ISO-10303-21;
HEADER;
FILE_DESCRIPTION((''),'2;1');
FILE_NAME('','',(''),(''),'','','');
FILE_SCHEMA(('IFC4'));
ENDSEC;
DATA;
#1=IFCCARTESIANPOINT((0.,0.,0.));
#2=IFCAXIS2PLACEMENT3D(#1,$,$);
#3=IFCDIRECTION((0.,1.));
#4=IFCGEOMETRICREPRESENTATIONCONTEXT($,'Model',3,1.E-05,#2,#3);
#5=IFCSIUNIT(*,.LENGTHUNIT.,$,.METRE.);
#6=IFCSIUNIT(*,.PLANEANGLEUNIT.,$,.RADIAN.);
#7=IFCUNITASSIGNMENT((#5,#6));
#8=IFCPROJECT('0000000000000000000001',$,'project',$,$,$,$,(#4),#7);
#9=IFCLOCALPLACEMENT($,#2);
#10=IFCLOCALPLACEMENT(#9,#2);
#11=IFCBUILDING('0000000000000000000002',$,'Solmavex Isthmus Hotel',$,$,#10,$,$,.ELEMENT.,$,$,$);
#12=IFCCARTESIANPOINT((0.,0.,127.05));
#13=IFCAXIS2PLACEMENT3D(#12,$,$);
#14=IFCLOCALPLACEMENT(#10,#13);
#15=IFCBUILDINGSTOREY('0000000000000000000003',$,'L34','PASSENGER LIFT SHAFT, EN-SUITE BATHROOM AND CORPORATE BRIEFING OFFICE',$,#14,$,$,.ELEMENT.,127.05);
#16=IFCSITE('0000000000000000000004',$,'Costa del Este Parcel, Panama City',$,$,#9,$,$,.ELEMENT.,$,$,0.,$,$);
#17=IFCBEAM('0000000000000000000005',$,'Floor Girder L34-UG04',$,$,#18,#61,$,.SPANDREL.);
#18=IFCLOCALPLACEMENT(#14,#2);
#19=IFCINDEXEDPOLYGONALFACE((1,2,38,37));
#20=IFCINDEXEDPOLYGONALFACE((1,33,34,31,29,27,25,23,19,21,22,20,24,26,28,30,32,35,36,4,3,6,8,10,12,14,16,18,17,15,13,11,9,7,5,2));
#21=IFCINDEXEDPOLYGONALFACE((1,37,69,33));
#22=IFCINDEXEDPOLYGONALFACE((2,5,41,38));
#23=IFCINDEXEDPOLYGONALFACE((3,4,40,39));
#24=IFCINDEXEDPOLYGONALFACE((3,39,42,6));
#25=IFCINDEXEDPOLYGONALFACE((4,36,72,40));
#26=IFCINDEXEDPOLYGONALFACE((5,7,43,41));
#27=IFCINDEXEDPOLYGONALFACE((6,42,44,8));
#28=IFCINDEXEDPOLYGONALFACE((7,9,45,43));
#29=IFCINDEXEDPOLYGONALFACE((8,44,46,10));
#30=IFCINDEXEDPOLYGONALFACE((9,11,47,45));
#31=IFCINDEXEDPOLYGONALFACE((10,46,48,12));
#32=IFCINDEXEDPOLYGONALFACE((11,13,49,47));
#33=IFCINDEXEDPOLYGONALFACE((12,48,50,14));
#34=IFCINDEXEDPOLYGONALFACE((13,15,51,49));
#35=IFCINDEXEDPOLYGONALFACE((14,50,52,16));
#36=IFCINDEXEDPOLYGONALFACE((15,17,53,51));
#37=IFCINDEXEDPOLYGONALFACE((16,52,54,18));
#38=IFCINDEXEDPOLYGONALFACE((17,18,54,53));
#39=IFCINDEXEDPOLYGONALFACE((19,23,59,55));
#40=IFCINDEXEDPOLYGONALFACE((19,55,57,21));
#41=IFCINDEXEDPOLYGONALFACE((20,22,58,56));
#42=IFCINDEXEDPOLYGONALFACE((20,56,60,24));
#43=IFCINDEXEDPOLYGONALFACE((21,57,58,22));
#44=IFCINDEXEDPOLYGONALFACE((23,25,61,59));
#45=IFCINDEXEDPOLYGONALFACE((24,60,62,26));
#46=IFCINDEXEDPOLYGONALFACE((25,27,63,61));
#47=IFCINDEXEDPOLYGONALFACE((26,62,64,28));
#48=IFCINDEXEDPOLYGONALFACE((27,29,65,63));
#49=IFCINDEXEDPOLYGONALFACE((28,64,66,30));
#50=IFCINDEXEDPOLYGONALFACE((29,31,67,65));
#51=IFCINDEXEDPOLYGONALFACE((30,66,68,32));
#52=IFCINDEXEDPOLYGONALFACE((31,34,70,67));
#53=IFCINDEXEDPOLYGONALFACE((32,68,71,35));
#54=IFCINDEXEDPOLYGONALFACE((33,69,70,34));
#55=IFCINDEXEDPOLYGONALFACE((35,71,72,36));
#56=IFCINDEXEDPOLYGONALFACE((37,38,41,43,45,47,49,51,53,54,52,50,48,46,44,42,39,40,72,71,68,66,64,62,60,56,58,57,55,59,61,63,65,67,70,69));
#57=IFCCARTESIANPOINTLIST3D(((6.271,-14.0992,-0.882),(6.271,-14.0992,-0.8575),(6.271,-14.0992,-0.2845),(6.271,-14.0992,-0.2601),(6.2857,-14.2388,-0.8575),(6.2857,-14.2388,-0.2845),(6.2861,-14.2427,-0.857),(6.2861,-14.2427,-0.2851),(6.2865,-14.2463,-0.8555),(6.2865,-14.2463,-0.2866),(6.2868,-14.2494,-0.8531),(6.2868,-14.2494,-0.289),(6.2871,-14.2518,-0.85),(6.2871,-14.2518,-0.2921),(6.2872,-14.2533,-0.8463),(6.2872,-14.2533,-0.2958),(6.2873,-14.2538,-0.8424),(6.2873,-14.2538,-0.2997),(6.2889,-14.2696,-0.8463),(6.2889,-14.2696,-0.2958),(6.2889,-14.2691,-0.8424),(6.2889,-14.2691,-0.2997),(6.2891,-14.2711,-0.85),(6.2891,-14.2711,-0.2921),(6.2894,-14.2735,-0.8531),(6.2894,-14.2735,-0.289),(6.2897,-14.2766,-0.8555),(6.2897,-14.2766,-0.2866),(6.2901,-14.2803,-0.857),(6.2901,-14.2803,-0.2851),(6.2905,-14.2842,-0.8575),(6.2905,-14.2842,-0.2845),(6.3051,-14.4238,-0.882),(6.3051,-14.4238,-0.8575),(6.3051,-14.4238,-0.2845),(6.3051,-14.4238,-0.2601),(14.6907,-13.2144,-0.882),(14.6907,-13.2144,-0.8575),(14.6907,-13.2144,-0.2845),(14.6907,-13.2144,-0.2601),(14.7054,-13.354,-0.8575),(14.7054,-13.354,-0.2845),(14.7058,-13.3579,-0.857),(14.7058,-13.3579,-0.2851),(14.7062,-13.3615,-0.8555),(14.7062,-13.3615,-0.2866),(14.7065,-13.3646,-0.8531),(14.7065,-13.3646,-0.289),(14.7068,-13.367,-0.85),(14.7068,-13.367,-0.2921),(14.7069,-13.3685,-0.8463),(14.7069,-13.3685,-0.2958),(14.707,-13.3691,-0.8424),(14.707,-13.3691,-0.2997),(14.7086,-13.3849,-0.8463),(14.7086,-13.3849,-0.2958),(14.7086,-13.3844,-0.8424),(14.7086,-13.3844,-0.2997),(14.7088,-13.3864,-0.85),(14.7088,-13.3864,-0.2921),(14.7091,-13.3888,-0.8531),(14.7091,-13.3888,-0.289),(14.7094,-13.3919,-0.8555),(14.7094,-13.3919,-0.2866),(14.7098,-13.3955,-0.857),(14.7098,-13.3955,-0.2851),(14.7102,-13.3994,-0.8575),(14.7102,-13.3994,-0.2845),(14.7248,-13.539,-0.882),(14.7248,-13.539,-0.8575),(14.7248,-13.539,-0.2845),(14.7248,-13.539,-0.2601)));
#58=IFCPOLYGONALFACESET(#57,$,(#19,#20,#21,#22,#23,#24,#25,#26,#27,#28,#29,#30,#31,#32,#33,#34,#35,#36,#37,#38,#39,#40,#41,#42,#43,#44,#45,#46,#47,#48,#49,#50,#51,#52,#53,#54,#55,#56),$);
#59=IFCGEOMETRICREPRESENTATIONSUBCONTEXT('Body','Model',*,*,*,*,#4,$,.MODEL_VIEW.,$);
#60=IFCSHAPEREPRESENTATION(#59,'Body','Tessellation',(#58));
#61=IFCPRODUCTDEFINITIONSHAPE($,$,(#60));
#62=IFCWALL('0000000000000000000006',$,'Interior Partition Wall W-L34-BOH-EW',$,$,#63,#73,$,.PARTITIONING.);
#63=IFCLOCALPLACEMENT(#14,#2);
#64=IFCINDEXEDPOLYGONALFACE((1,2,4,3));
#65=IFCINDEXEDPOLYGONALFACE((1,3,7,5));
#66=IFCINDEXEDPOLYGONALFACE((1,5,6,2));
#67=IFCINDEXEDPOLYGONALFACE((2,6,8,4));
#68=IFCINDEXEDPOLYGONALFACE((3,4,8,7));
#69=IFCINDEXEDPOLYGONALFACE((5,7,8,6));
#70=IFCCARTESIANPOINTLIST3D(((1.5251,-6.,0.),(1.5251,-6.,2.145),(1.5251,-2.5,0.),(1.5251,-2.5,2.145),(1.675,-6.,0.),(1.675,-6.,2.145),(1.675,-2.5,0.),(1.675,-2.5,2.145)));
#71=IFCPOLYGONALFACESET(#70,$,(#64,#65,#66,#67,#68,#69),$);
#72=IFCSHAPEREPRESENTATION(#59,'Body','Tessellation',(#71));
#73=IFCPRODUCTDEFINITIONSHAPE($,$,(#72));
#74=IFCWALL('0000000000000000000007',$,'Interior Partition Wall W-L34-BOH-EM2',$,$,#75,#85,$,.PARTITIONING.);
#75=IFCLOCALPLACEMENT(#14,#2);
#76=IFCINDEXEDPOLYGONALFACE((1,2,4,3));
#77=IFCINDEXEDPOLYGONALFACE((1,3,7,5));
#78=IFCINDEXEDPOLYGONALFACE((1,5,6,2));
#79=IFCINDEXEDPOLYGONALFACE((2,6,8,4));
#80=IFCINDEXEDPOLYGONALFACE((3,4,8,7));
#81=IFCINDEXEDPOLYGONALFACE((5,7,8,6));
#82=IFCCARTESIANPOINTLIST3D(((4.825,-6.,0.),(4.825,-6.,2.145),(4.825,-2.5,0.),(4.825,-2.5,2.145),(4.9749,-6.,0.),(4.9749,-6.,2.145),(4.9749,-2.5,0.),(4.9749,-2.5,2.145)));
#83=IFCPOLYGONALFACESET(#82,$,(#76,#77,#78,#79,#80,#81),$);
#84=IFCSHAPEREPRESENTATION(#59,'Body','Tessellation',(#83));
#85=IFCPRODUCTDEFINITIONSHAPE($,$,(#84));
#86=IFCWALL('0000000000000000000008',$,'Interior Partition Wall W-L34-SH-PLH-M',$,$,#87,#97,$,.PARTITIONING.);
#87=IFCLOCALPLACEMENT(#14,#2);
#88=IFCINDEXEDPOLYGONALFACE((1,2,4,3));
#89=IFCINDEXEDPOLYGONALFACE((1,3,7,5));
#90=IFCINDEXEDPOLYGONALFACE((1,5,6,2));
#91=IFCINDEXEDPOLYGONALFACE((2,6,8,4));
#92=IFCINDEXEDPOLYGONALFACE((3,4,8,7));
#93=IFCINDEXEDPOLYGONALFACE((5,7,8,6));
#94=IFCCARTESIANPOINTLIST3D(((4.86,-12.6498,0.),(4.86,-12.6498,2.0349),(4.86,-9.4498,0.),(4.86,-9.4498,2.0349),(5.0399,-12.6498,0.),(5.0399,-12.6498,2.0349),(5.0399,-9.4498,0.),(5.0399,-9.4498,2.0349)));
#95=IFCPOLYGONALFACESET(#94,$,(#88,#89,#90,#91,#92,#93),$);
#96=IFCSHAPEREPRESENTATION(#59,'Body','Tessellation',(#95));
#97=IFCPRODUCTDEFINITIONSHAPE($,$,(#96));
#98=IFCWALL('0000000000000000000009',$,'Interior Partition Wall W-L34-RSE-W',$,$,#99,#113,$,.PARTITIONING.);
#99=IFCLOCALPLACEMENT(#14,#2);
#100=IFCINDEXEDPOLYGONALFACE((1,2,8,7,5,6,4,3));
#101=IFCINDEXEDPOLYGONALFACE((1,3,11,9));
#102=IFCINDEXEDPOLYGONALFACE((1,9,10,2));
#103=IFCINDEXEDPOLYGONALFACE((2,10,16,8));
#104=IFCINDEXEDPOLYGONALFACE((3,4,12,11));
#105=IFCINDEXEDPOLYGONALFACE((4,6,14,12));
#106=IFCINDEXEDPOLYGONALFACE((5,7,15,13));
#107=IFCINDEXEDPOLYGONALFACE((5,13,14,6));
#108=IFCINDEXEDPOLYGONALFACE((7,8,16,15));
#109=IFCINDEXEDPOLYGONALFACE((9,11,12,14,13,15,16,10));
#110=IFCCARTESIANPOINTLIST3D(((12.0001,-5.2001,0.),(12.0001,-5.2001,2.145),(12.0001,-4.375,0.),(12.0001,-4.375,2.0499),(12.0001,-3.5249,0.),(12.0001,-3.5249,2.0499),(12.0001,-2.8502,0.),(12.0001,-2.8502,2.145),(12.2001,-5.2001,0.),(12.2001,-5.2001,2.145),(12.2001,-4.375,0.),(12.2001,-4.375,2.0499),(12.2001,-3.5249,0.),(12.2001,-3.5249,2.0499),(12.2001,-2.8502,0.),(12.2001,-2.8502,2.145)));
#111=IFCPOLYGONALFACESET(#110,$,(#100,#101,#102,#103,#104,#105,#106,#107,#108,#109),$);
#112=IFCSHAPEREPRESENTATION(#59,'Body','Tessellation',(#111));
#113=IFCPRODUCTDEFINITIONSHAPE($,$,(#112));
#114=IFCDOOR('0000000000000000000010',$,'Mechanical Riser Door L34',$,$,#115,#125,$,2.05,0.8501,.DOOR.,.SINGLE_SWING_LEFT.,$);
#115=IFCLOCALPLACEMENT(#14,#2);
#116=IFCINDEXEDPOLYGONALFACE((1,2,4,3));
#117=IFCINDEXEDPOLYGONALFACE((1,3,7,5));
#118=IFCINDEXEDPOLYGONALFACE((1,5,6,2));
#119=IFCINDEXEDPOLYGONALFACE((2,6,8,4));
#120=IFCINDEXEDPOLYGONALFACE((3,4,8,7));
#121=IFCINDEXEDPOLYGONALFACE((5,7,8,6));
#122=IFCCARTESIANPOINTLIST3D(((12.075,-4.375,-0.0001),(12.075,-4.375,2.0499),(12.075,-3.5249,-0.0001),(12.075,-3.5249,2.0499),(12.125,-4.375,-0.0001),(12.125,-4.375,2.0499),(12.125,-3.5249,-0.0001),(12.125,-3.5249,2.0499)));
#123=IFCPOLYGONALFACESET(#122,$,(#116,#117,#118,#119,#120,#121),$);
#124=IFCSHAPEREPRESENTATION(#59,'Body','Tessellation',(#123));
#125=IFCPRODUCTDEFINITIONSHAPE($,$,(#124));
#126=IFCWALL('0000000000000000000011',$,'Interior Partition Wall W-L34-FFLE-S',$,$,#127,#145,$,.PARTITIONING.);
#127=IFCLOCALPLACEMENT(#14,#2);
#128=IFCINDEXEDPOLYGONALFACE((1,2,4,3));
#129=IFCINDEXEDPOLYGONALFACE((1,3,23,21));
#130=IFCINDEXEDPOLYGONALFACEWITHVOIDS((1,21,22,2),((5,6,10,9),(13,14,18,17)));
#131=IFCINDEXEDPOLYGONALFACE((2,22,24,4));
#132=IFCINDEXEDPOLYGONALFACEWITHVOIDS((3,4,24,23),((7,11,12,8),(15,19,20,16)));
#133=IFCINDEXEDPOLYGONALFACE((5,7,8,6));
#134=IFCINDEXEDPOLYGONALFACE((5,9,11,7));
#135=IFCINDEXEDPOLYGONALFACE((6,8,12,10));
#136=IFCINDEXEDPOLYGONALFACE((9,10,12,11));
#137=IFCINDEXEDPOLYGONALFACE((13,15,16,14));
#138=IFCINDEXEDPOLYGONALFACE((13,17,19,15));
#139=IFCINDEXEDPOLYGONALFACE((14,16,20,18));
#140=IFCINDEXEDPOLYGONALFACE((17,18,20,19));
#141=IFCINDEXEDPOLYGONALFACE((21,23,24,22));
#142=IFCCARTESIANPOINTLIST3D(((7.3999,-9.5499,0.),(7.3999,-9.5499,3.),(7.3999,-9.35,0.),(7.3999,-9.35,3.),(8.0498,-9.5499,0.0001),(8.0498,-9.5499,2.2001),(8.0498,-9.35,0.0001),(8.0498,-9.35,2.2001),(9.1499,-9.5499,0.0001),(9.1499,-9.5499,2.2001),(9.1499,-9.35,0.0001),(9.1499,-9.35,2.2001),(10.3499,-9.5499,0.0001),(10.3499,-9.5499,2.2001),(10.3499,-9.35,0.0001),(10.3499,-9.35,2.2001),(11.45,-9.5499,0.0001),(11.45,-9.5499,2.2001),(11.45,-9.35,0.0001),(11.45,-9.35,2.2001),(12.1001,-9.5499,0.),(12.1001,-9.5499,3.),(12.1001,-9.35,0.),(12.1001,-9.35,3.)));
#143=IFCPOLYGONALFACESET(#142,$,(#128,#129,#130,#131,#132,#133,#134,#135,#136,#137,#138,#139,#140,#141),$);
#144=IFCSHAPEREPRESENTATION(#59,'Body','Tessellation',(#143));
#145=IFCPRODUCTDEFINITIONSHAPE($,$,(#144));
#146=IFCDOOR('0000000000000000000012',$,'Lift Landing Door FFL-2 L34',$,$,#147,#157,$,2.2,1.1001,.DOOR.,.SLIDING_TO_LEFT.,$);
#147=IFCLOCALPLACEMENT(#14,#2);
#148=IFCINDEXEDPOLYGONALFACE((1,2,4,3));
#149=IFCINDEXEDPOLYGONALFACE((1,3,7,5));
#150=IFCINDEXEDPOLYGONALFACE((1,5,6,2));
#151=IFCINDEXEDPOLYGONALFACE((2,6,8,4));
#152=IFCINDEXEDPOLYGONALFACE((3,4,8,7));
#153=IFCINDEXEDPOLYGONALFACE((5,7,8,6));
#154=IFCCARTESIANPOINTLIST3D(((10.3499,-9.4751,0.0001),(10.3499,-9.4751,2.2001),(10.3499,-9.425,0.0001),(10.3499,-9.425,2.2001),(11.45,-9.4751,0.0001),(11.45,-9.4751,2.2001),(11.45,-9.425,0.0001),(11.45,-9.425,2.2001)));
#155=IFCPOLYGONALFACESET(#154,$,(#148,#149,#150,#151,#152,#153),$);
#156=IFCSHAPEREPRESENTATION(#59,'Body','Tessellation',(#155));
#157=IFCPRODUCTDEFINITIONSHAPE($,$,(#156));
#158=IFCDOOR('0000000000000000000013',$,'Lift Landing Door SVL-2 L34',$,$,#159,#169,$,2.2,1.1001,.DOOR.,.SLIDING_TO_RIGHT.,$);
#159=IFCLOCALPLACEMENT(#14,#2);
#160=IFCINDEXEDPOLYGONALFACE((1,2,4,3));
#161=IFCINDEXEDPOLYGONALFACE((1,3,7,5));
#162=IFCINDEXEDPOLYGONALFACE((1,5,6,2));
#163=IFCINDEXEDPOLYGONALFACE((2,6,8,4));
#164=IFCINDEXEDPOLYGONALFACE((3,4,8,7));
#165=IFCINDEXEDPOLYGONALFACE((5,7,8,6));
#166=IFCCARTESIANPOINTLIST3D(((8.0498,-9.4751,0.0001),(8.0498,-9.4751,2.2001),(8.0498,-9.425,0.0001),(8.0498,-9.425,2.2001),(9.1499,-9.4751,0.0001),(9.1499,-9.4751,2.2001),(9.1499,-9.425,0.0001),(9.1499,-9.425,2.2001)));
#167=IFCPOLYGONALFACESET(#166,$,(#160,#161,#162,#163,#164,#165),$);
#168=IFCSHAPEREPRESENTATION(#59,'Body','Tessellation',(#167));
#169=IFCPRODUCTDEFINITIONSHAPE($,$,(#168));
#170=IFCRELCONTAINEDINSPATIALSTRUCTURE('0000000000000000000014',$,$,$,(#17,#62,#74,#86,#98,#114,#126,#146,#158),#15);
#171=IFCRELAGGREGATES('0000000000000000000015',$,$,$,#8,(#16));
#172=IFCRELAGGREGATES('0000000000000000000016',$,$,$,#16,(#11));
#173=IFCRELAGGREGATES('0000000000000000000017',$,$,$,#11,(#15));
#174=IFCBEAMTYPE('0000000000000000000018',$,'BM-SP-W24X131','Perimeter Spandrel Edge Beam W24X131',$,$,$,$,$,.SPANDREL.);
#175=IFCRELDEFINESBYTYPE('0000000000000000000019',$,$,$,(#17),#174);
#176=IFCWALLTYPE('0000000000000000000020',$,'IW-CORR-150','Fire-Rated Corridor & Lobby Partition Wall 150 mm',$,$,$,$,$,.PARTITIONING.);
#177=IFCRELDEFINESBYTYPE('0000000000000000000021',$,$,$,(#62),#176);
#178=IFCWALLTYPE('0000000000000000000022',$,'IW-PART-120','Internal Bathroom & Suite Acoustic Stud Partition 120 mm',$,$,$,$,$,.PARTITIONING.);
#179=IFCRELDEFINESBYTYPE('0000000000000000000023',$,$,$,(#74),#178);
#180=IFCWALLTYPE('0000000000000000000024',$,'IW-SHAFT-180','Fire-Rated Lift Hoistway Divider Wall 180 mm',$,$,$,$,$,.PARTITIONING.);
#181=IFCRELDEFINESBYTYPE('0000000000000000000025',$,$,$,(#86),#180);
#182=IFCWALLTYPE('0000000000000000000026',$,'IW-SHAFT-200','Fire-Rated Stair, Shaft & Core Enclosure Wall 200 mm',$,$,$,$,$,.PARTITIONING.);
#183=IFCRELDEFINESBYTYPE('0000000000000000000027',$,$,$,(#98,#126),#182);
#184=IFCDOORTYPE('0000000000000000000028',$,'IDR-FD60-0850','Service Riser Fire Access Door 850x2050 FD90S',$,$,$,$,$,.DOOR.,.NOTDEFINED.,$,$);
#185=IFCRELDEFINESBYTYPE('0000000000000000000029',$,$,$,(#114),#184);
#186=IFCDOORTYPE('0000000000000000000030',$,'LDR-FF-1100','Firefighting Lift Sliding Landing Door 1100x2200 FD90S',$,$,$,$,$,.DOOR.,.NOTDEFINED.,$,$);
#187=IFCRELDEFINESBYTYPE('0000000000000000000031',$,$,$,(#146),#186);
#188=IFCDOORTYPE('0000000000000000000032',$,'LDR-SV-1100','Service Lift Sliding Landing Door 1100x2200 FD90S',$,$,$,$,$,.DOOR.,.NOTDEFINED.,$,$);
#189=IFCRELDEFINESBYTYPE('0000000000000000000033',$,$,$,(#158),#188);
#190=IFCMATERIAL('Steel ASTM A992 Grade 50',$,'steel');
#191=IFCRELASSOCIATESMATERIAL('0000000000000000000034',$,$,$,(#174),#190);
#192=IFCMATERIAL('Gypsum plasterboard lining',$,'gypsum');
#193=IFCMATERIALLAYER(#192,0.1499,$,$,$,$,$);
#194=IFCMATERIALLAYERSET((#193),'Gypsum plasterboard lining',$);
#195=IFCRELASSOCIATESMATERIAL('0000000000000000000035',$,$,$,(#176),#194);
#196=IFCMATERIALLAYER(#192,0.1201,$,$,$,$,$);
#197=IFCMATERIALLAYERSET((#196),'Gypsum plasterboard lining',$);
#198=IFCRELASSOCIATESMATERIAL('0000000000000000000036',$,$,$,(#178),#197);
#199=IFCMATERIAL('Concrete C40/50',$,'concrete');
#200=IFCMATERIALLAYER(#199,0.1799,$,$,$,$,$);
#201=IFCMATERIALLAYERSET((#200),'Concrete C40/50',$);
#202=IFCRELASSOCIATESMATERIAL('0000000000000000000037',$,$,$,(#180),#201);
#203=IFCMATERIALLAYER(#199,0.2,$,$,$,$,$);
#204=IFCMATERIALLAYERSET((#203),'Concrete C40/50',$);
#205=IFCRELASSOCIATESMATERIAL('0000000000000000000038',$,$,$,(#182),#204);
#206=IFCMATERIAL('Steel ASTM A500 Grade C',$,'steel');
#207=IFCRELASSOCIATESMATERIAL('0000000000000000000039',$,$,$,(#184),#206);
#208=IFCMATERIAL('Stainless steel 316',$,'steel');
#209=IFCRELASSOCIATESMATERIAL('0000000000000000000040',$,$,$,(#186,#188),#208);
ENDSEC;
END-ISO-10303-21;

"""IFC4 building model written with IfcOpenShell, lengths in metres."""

from ifc_helpers import new_model, si_unit, direction, frame, frame_2d, origin, origin_2d, place, context, subcontext, project, spatial, rectangle, i_section, extrude, material, layer, layer_set, material_profile, profile_set, type_object, element, fill, save


model = new_model("IFC4")

# Units and contexts
model_context = context("Model", 3, precision=1e-05, world=origin(), true_north=direction((0.0, 1.0)))
body_context = subcontext(model_context, "Body", "Model", "MODEL_VIEW")
ifc_project = project(units=[si_unit("LENGTHUNIT", "METRE"), si_unit("PLANEANGLEUNIT", "RADIAN")], contexts=[model_context])

# Site, building, storey
site_placement = place(None, origin())
site = spatial("IfcSite", under=ifc_project, at=site_placement, Name="Costa del Este Parcel, Panama City", CompositionType="ELEMENT", RefElevation=0.0)
building_placement = place(site_placement, origin())
building = spatial("IfcBuilding", under=site, at=building_placement, Name="Solmavex Isthmus Hotel", CompositionType="ELEMENT")
storey_placement = place(building_placement, frame((0.0, 0.0, 127.05)))
storey = spatial("IfcBuildingStorey", under=building, at=storey_placement, Name="L34", Description="PASSENGER LIFT SHAFT, EN-SUITE BATHROOM AND CORPORATE BRIEFING OFFICE", CompositionType="ELEMENT", Elevation=127.05)

# Beam
ifc_material_1 = material(Name="Steel ASTM A992 Grade 50", Category="steel")
ifc_material_profile_1 = material_profile(ifc_material_1, i_section(OverallWidth=0.3264, OverallDepth=0.6218, WebThickness=0.0154, FlangeThickness=0.0244, FilletRadius=0.0151, at=origin_2d()), Name="W24X131")
ifc_profile_set_1 = profile_set([ifc_material_profile_1], Name="Steel ASTM A992 Grade 50")
beam_type_1 = type_object("IfcBeamType", Name="BM-SP-W24X131", Description="Perimeter Spandrel Edge Beam W24X131", PredefinedType="SPANDREL", material=ifc_profile_set_1)
beam_1_placement = place(storey_placement, frame((6.2881, -14.2615, -0.571), z_axis=(0.994524, 0.104508, 0.0), x_axis=(-0.104508, 0.994524, 0.0)))
element("IfcBeam", 1, at=beam_1_placement, inside=storey, type_object=beam_type_1, Name="Floor Girder L34-UG04", PredefinedType="SPANDREL", context=body_context, shape_type="SweptSolid", body=[
    extrude(i_section(OverallWidth=0.3264, OverallDepth=0.6218, WebThickness=0.0154, FlangeThickness=0.0244, FilletRadius=0.0151, at=origin_2d()), origin(), (0.0, 0.0, 1.0), 8.4661),
])

# Walls
ifc_material_2 = material(Name="Gypsum plasterboard lining", Category="gypsum")
ifc_layer_1 = layer(ifc_material_2, 0.1499)
ifc_layer_set_1 = layer_set([ifc_layer_1], Name="Gypsum plasterboard lining")
wall_type_1 = type_object("IfcWallType", Name="IW-CORR-150", Description="Fire-Rated Corridor & Lobby Partition Wall 150 mm", PredefinedType="PARTITIONING", material=ifc_layer_set_1)
wall_1_placement = place(storey_placement, frame((1.6001, -6.0, 0.0), z_axis=(0.0, 0.0, 1.0), x_axis=(0.0, 1.0, 0.0)))
element("IfcWall", 2, at=wall_1_placement, inside=storey, type_object=wall_type_1, Name="Interior Partition Wall W-L34-BOH-EW", PredefinedType="PARTITIONING", context=body_context, shape_type="SweptSolid", body=[
    extrude(rectangle(XDim=3.5, YDim=0.1499, at=frame_2d((1.75, 0.0))), origin(), (0.0, 0.0, 1.0), 2.145),
])
ifc_layer_2 = layer(ifc_material_2, 0.1201)
ifc_layer_set_2 = layer_set([ifc_layer_2], Name="Gypsum plasterboard lining")
wall_type_2 = type_object("IfcWallType", Name="IW-PART-120", Description="Internal Bathroom & Suite Acoustic Stud Partition 120 mm", PredefinedType="PARTITIONING", material=ifc_layer_set_2)
wall_2_placement = place(storey_placement, frame((4.8999, -6.0, 0.0), z_axis=(0.0, 0.0, 1.0), x_axis=(0.0, 1.0, 0.0)))
element("IfcWall", 3, at=wall_2_placement, inside=storey, type_object=wall_type_2, Name="Interior Partition Wall W-L34-BOH-EM2", PredefinedType="PARTITIONING", context=body_context, shape_type="SweptSolid", body=[
    extrude(rectangle(XDim=3.5, YDim=0.1499, at=frame_2d((1.75, 0.0))), origin(), (0.0, 0.0, 1.0), 2.145),
])
ifc_material_3 = material(Name="Concrete C40/50", Category="concrete")
ifc_layer_3 = layer(ifc_material_3, 0.1799)
ifc_layer_set_3 = layer_set([ifc_layer_3], Name="Concrete C40/50")
wall_type_3 = type_object("IfcWallType", Name="IW-SHAFT-180", Description="Fire-Rated Lift Hoistway Divider Wall 180 mm", PredefinedType="PARTITIONING", material=ifc_layer_set_3)
wall_3_placement = place(storey_placement, frame((4.95, -12.6499, 0.0), z_axis=(0.0, 0.0, 1.0), x_axis=(0.0, 1.0, 0.0)))
element("IfcWall", 4, at=wall_3_placement, inside=storey, type_object=wall_type_3, Name="Interior Partition Wall W-L34-SH-PLH-M", PredefinedType="PARTITIONING", context=body_context, shape_type="SweptSolid", body=[
    extrude(rectangle(XDim=3.2, YDim=0.1799, at=frame_2d((1.6001, 0.0))), origin(), (0.0, 0.0, 1.0), 2.0349),
])

# Wall, opening, door
ifc_layer_4 = layer(ifc_material_3, 0.2)
ifc_layer_set_4 = layer_set([ifc_layer_4], Name="Concrete C40/50")
wall_type_4 = type_object("IfcWallType", Name="IW-SHAFT-200", Description="Fire-Rated Stair, Shaft & Core Enclosure Wall 200 mm", PredefinedType="PARTITIONING", material=ifc_layer_set_4)
wall_4_placement = place(storey_placement, frame((12.1001, -5.2, 0.0), z_axis=(0.0, 0.0, 1.0), x_axis=(0.0, 1.0, 0.0)))
wall_4 = element("IfcWall", 5, at=wall_4_placement, inside=storey, type_object=wall_type_4, Name="Interior Partition Wall W-L34-RSE-W", PredefinedType="PARTITIONING", context=body_context, shape_type="SweptSolid", body=[
    extrude(rectangle(XDim=2.3499, YDim=0.2, at=frame_2d((1.1748, 0.0))), origin(), (0.0, 0.0, 1.0), 2.145),
])
opening_1_placement = place(wall_4_placement, frame((0.825, 0.0, 0.0)))
opening_1 = element("IfcOpeningElement", 6, at=opening_1_placement, cuts=wall_4, PredefinedType="OPENING", context=body_context, shape_type="SweptSolid", body=[
    extrude(rectangle(XDim=0.8501, YDim=2.05, at=frame_2d((0.425, 1.0249))), frame((0.0, 0.1099, 0.0), z_axis=(0.0, -1.0, 0.0), x_axis=(1.0, 0.0, 0.0)), (0.0, 0.0, 1.0), 0.22),
])
ifc_material_4 = material(Name="Steel ASTM A500 Grade C", Category="steel")
door_type_1 = type_object("IfcDoorType", Name="IDR-FD60-0850", Description="Service Riser Fire Access Door 850x2050 FD90S", OperationType="NOTDEFINED", PredefinedType="DOOR", material=ifc_material_4)
door_1_placement = place(opening_1_placement, frame((0.8501, 0.0, 0.0), z_axis=(0.0, 0.0, 1.0), x_axis=(-1.0, 0.0, 0.0)))
door_1 = element("IfcDoor", 7, at=door_1_placement, inside=storey, type_object=door_type_1, Name="Mechanical Riser Door L34", OperationType="SINGLE_SWING_LEFT", OverallHeight=2.05, OverallWidth=0.8501, PredefinedType="DOOR", context=body_context, shape_type="SweptSolid", body=[
    extrude(rectangle(XDim=0.8501, YDim=2.05, at=frame_2d((0.425, 1.0249))), frame((0.0, 0.0249, 0.0), z_axis=(0.0, -1.0, 0.0), x_axis=(1.0, 0.0, 0.0)), (0.0, 0.0, 1.0), 0.05),
])
fill(opening_1, door_1)

# Wall, openings, doors
wall_5_placement = place(storey_placement, frame((7.3999, -9.45, 0.0), z_axis=(0.0, 0.0, 1.0), x_axis=(1.0, 0.0, 0.0)))
wall_5 = element("IfcWall", 8, at=wall_5_placement, inside=storey, type_object=wall_type_4, Name="Interior Partition Wall W-L34-FFLE-S", PredefinedType="PARTITIONING", context=body_context, shape_type="SweptSolid", body=[
    extrude(rectangle(XDim=4.7002, YDim=0.2, at=frame_2d((2.3501, 0.0))), origin(), (0.0, 0.0, 1.0), 3.0),
])
opening_2_placement = place(wall_5_placement, frame((2.95, 0.0, 0.0)))
opening_2 = element("IfcOpeningElement", 9, at=opening_2_placement, cuts=wall_5, PredefinedType="OPENING", context=body_context, shape_type="SweptSolid", body=[
    extrude(rectangle(XDim=1.1001, YDim=2.2, at=frame_2d((0.55, 1.1001))), frame((0.0, 0.1099, 0.0), z_axis=(0.0, -1.0, 0.0), x_axis=(1.0, 0.0, 0.0)), (0.0, 0.0, 1.0), 0.22),
])
opening_3_placement = place(wall_5_placement, frame((0.6499, 0.0, 0.0)))
opening_3 = element("IfcOpeningElement", 10, at=opening_3_placement, cuts=wall_5, PredefinedType="OPENING", context=body_context, shape_type="SweptSolid", body=[
    extrude(rectangle(XDim=1.1001, YDim=2.2, at=frame_2d((0.55, 1.1001))), frame((0.0, 0.1099, 0.0), z_axis=(0.0, -1.0, 0.0), x_axis=(1.0, 0.0, 0.0)), (0.0, 0.0, 1.0), 0.22),
])
ifc_material_5 = material(Name="Stainless steel 316", Category="steel")
door_type_2 = type_object("IfcDoorType", Name="LDR-FF-1100", Description="Firefighting Lift Sliding Landing Door 1100x2200 FD90S", OperationType="NOTDEFINED", PredefinedType="DOOR", material=ifc_material_5)
door_2_placement = place(opening_2_placement, origin())
door_2 = element("IfcDoor", 11, at=door_2_placement, inside=storey, type_object=door_type_2, Name="Lift Landing Door FFL-2 L34", OperationType="SLIDING_TO_LEFT", OverallHeight=2.2, OverallWidth=1.1001, PredefinedType="DOOR", context=body_context, shape_type="SweptSolid", body=[
    extrude(rectangle(XDim=1.1001, YDim=2.2, at=frame_2d((0.55, 1.1001))), frame((0.0, 0.0249, 0.0), z_axis=(0.0, -1.0, 0.0), x_axis=(1.0, 0.0, 0.0)), (0.0, 0.0, 1.0), 0.05),
])
fill(opening_2, door_2)
door_type_3 = type_object("IfcDoorType", Name="LDR-SV-1100", Description="Service Lift Sliding Landing Door 1100x2200 FD90S", OperationType="NOTDEFINED", PredefinedType="DOOR", material=ifc_material_5)
door_3_placement = place(opening_3_placement, origin())
door_3 = element("IfcDoor", 12, at=door_3_placement, inside=storey, type_object=door_type_3, Name="Lift Landing Door SVL-2 L34", OperationType="SLIDING_TO_RIGHT", OverallHeight=2.2, OverallWidth=1.1001, PredefinedType="DOOR", context=body_context, shape_type="SweptSolid", body=[
    extrude(rectangle(XDim=1.1001, YDim=2.2, at=frame_2d((0.55, 1.1001))), frame((0.0, 0.0249, 0.0), z_axis=(0.0, -1.0, 0.0), x_axis=(1.0, 0.0, 0.0)), (0.0, 0.0, 1.0), 0.05),
])
fill(opening_3, door_3)

save(model, "model.ifc")
